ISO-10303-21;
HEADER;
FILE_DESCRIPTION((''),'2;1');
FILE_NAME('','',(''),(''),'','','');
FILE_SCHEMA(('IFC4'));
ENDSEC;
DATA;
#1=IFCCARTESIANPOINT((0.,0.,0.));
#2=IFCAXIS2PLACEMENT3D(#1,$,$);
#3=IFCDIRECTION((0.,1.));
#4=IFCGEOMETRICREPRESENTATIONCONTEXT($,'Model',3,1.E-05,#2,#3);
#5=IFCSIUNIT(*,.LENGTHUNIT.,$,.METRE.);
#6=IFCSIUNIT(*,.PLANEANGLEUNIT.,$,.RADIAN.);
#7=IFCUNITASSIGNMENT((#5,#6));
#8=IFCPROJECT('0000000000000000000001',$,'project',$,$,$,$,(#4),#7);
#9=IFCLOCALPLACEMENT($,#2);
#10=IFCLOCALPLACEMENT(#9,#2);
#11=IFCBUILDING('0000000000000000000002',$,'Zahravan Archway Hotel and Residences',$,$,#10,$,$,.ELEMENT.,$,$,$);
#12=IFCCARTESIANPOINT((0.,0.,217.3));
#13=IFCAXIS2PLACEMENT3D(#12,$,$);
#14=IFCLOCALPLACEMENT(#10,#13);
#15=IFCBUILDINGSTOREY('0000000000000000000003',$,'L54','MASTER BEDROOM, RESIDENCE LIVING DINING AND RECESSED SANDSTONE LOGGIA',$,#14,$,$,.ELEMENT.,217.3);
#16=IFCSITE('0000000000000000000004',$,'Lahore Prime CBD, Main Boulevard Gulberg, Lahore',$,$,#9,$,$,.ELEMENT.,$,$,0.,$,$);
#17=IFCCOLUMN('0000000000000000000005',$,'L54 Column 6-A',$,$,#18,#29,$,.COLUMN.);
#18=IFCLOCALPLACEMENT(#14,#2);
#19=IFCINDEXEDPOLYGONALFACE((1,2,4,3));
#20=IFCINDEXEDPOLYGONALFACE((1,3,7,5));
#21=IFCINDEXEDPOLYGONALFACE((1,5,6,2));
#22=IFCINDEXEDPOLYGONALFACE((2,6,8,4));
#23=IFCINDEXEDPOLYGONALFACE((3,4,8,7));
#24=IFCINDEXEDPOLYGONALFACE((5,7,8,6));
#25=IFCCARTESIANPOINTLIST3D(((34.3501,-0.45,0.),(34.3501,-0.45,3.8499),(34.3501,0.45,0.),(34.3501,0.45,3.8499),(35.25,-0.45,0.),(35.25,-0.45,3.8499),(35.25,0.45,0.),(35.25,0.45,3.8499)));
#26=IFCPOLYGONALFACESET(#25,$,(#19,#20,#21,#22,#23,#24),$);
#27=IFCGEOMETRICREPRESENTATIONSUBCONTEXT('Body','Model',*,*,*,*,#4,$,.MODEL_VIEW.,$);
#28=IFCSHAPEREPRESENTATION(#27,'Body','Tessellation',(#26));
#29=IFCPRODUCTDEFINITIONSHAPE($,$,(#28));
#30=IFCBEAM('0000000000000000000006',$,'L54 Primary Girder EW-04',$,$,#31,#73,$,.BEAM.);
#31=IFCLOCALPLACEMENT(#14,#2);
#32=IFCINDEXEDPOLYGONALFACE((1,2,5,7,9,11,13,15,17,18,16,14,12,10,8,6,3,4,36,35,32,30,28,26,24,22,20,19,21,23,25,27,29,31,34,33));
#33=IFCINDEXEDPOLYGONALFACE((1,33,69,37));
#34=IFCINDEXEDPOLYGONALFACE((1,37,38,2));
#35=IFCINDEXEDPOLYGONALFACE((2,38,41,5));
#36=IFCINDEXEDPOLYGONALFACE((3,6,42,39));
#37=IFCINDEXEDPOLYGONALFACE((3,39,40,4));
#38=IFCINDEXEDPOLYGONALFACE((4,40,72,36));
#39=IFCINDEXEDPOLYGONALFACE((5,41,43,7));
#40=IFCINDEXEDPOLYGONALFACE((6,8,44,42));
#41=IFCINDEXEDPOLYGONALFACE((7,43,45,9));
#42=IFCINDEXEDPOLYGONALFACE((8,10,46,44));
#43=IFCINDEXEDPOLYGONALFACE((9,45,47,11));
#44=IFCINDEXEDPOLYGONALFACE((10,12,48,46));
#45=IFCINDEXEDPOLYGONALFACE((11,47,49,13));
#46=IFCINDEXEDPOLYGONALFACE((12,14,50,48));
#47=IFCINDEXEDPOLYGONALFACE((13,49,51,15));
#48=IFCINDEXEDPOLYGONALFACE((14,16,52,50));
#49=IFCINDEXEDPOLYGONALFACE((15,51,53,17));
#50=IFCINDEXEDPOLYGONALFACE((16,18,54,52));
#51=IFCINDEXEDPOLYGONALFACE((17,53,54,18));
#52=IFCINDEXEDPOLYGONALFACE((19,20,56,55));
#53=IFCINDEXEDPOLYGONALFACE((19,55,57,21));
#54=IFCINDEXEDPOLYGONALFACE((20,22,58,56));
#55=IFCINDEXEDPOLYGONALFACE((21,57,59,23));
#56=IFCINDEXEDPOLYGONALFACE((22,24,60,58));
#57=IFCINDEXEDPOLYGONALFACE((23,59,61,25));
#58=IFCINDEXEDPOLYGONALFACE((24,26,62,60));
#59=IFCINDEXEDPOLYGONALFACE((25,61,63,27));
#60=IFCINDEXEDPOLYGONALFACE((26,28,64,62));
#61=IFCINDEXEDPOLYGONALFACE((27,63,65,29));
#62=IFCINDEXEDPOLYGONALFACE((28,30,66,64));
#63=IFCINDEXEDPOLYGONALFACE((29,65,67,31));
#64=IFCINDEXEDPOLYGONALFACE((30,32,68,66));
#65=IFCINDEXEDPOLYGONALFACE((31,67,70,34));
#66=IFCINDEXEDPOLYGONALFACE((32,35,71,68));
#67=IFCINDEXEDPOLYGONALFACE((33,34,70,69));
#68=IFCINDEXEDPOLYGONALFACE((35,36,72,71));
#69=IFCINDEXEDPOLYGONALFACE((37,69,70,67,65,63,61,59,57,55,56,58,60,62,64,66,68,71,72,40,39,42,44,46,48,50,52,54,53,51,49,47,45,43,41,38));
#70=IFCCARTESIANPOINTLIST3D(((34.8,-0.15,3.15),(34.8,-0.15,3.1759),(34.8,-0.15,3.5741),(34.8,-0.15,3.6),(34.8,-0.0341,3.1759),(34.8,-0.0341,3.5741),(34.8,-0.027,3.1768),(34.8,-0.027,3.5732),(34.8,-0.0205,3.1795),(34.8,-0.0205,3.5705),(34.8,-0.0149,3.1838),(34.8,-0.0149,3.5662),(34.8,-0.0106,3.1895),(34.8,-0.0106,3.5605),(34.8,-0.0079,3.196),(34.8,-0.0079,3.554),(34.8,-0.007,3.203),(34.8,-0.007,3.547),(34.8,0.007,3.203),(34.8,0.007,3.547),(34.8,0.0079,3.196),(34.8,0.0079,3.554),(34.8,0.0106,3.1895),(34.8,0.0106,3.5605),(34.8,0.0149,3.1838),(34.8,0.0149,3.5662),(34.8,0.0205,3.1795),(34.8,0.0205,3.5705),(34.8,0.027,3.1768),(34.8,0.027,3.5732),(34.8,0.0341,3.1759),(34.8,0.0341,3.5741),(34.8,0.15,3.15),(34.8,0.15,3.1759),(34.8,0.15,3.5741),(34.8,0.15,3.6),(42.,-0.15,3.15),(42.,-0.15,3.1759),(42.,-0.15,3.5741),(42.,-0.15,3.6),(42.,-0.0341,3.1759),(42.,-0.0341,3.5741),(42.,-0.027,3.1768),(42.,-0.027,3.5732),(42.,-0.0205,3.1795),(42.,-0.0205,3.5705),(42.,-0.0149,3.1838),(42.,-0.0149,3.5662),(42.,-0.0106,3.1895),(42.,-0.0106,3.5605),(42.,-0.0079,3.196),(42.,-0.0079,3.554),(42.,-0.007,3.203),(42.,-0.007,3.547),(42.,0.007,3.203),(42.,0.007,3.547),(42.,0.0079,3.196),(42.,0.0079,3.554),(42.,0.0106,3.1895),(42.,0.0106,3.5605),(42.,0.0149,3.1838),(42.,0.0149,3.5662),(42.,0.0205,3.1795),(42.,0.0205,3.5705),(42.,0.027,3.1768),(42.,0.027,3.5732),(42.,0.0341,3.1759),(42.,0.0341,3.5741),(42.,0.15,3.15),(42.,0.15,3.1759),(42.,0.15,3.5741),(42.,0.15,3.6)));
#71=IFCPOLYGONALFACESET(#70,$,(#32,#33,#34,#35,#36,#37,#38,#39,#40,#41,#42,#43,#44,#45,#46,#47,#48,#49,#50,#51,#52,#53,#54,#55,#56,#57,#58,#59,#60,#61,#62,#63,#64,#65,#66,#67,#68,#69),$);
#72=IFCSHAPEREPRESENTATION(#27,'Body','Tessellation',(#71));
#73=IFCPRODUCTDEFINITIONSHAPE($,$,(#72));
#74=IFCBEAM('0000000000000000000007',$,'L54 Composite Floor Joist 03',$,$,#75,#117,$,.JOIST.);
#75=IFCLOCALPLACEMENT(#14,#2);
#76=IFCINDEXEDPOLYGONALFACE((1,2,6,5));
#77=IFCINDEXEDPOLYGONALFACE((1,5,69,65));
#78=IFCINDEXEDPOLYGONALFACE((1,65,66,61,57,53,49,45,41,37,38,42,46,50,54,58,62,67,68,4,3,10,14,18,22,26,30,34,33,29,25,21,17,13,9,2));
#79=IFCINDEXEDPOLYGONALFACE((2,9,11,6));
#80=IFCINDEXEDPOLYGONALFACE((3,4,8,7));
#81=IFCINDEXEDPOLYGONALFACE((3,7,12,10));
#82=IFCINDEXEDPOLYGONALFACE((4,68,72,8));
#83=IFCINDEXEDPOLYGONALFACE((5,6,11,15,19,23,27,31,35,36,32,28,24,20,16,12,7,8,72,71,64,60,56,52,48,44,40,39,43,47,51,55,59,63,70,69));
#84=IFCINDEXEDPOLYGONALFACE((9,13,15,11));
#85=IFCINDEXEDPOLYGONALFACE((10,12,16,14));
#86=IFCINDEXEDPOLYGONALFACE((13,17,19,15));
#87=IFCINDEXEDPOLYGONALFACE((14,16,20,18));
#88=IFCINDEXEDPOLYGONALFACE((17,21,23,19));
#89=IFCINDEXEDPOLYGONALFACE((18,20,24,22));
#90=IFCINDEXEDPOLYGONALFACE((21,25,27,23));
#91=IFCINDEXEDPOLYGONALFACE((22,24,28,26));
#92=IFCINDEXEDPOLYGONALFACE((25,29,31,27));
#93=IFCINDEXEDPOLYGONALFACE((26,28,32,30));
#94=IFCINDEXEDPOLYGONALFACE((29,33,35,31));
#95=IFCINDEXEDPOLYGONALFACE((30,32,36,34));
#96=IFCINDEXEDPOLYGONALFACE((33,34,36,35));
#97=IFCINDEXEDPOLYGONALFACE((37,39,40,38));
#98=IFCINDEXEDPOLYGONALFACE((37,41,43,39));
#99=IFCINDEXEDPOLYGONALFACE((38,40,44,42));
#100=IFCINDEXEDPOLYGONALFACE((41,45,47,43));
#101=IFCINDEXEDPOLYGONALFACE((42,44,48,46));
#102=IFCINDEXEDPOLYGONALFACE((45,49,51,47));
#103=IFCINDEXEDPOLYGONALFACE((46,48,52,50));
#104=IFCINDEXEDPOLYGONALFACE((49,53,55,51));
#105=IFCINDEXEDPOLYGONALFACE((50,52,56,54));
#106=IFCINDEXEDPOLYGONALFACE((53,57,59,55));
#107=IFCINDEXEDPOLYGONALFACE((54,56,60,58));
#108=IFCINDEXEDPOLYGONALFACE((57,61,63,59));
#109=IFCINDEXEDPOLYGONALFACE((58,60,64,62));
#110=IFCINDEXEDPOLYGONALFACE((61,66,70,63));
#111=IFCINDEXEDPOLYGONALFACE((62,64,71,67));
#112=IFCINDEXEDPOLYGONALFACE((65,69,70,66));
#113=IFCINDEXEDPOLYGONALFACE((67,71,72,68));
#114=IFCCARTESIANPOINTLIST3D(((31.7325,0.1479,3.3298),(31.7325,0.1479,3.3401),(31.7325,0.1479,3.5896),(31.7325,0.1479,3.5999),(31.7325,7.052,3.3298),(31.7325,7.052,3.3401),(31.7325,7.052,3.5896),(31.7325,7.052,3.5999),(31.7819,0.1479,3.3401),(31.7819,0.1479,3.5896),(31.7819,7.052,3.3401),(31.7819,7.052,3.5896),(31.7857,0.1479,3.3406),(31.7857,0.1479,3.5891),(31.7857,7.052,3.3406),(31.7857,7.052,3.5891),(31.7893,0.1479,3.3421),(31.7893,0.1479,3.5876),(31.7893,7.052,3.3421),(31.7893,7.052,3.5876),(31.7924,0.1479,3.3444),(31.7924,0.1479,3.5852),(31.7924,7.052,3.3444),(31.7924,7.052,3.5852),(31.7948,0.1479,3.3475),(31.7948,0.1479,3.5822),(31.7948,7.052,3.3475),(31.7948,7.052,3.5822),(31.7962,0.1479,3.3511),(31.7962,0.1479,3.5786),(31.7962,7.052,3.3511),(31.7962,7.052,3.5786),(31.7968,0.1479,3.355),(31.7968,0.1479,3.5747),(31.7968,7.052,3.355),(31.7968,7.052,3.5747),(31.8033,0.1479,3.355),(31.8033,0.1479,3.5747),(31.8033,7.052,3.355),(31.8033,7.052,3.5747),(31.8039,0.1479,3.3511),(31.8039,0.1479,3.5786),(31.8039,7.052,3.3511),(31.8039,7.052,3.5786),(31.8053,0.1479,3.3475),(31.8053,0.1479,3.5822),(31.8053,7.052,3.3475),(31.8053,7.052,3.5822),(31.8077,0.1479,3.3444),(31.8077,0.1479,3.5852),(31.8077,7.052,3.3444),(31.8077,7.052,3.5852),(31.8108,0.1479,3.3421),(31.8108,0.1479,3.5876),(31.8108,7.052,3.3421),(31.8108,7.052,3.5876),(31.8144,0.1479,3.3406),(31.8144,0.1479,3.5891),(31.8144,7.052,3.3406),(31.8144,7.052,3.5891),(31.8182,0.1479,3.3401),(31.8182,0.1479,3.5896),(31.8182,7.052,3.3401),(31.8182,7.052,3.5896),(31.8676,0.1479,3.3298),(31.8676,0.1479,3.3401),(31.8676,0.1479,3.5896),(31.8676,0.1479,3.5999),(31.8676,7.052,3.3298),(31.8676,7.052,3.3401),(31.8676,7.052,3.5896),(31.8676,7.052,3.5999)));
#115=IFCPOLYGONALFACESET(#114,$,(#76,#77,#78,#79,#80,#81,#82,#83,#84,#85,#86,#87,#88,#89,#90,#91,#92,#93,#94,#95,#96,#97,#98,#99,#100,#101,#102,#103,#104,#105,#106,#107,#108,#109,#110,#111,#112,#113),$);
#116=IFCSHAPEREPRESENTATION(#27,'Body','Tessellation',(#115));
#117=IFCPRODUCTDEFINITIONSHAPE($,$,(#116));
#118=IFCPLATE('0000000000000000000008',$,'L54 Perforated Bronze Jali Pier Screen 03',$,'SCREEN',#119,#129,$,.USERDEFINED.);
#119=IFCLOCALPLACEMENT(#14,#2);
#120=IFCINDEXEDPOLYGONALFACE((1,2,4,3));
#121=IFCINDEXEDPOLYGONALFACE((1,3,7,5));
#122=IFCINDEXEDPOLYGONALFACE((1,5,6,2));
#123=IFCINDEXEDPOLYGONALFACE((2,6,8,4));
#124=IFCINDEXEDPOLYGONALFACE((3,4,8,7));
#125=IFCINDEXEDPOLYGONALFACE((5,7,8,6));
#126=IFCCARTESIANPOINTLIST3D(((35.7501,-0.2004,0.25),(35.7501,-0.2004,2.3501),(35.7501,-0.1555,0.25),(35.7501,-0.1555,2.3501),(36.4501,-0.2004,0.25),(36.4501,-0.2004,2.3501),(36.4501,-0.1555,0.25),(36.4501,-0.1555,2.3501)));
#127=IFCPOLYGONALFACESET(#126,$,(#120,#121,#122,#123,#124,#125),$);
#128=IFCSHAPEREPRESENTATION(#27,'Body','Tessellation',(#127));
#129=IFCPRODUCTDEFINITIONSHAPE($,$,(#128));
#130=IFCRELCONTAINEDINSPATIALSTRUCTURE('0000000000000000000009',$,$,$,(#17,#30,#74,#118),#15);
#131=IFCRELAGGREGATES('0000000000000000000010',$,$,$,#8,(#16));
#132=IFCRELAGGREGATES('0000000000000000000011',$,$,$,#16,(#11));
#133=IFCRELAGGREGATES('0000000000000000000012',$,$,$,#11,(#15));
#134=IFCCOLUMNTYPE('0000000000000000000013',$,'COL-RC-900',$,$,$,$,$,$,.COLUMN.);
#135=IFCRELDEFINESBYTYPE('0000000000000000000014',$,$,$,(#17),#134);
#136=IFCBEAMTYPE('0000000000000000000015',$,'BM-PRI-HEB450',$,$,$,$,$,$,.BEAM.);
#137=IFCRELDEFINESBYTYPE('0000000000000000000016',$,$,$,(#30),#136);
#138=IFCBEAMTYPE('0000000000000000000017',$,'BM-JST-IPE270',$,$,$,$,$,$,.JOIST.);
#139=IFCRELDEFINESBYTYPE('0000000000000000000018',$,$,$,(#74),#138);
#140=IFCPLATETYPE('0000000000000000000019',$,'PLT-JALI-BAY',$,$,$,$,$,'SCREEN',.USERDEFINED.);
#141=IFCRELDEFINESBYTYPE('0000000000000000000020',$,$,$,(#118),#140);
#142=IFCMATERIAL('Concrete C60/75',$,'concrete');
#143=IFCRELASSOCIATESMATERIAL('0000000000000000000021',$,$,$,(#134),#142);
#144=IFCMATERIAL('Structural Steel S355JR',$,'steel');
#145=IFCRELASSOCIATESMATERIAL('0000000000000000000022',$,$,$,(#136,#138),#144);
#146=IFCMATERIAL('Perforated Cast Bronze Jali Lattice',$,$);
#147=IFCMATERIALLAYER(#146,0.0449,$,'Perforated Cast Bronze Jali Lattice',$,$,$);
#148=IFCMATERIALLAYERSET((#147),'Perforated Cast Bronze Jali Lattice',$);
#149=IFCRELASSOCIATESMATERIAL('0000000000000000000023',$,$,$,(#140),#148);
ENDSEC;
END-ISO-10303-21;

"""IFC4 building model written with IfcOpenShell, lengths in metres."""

from ifc_helpers import new_model, si_unit, direction, frame, origin, origin_2d, place, context, subcontext, project, spatial, rectangle, i_section, extrude, source, transform, mapped, material, layer, layer_set, material_profile, profile_set, type_object, type_shapes, element, save


model = new_model("IFC4")

# Units and contexts
model_context = context("Model", 3, precision=1e-05, world=origin(), true_north=direction((0.0, 1.0)))
body_context = subcontext(model_context, "Body", "Model", "MODEL_VIEW")
ifc_project = project(units=[si_unit("LENGTHUNIT", "METRE"), si_unit("PLANEANGLEUNIT", "RADIAN")], contexts=[model_context])

# Site, building, storey
site_placement = place(None, origin())
site = spatial("IfcSite", under=ifc_project, at=site_placement, Name="Lahore Prime CBD, Main Boulevard Gulberg, Lahore", CompositionType="ELEMENT", RefElevation=0.0)
building_placement = place(site_placement, origin())
building = spatial("IfcBuilding", under=site, at=building_placement, Name="Zahravan Archway Hotel and Residences", CompositionType="ELEMENT")
storey_placement = place(building_placement, frame((0.0, 0.0, 217.3)))
storey = spatial("IfcBuildingStorey", under=building, at=storey_placement, Name="L54", Description="MASTER BEDROOM, RESIDENCE LIVING DINING AND RECESSED SANDSTONE LOGGIA", CompositionType="ELEMENT", Elevation=217.3)

# Column
ifc_material_1 = material(Name="Concrete C60/75", Category="concrete")
ifc_material_profile_1 = material_profile(ifc_material_1, rectangle(XDim=0.8999, YDim=0.8999, at=origin_2d()), Name="RC-COL-900x900", Category="concrete")
ifc_profile_set_1 = profile_set([ifc_material_profile_1], Name="Concrete C60/75")
column_type = type_object("IfcColumnType", Name="COL-RC-900", PredefinedType="COLUMN", material=ifc_profile_set_1)
shared_shape_1 = source(origin(), body_context, "Body", "SweptSolid", [
    extrude(rectangle(XDim=0.8999, YDim=0.8999, at=origin_2d()), origin(), (0.0, 0.0, 1.0), 3.8499),
])
column_placement = place(storey_placement, frame((34.8, 0.0, 0.0), z_axis=(0.0, 0.0, 1.0), x_axis=(1.0, 0.0, 0.0)))
element("IfcColumn", 1, at=column_placement, inside=storey, type_object=column_type, Name="L54 Column 6-A", PredefinedType="COLUMN", context=body_context, shape_type="MappedRepresentation", body=[
    mapped(shared_shape_1, transform((0.0, 0.0, 0.0), scale=1.0)),
])

# Beams
ifc_material_2 = material(Name="Structural Steel S355JR", Category="steel")
ifc_material_profile_2 = material_profile(ifc_material_2, i_section(OverallWidth=0.3, OverallDepth=0.45, WebThickness=0.0139, FlangeThickness=0.0259, FilletRadius=0.0271, at=origin_2d()), Name="HEB 450", Category="steel")
ifc_profile_set_2 = profile_set([ifc_material_profile_2], Name="Structural Steel S355JR")
beam_type_1 = type_object("IfcBeamType", Name="BM-PRI-HEB450", PredefinedType="BEAM", material=ifc_profile_set_2)
shared_shape_2 = source(origin(), body_context, "Body", "SweptSolid", [
    extrude(i_section(OverallWidth=0.3, OverallDepth=0.45, WebThickness=0.0139, FlangeThickness=0.0259, FilletRadius=0.0271, at=origin_2d()), origin(), (0.0, 0.0, 1.0), 7.2),
])
beam_1_placement = place(storey_placement, frame((34.8, 0.0, 3.375), z_axis=(1.0, 0.0, 0.0), x_axis=(0.0, 1.0, 0.0)))
element("IfcBeam", 2, at=beam_1_placement, inside=storey, type_object=beam_type_1, Name="L54 Primary Girder EW-04", PredefinedType="BEAM", context=body_context, shape_type="MappedRepresentation", body=[
    mapped(shared_shape_2, transform((0.0, 0.0, 0.0), scale=1.0)),
])
ifc_material_profile_3 = material_profile(ifc_material_2, i_section(OverallWidth=0.135, OverallDepth=0.27, WebThickness=0.0066, FlangeThickness=0.0103, FilletRadius=0.0149, at=origin_2d()), Name="IPE 270", Category="steel")
ifc_profile_set_3 = profile_set([ifc_material_profile_3], Name="Structural Steel S355JR")
beam_type_2 = type_object("IfcBeamType", Name="BM-JST-IPE270", PredefinedType="JOIST", material=ifc_profile_set_3)
shared_shape_3 = source(origin(), body_context, "Body", "SweptSolid", [
    extrude(i_section(OverallWidth=0.135, OverallDepth=0.27, WebThickness=0.0066, FlangeThickness=0.0103, FilletRadius=0.0149, at=origin_2d()), origin(), (0.0, 0.0, 1.0), 6.9041),
])
type_shapes(beam_type_2, [shared_shape_3])
beam_2_placement = place(storey_placement, frame((31.8, 0.1479, 3.4648), z_axis=(0.0, 1.0, 0.0), x_axis=(-1.0, 0.0, 0.0)))
element("IfcBeam", 3, at=beam_2_placement, inside=storey, type_object=beam_type_2, Name="L54 Composite Floor Joist 03", PredefinedType="JOIST", context=body_context, shape_type="MappedRepresentation", body=[
    mapped(shared_shape_3, transform((0.0, 0.0, 0.0), scale=1.0)),
])

# Plate
ifc_material_3 = material(Name="Perforated Cast Bronze Jali Lattice")
ifc_layer_1 = layer(ifc_material_3, 0.0449, Name="Perforated Cast Bronze Jali Lattice")
ifc_layer_set_1 = layer_set([ifc_layer_1], Name="Perforated Cast Bronze Jali Lattice")
plate_type = type_object("IfcPlateType", Name="PLT-JALI-BAY", ElementType="SCREEN", PredefinedType="USERDEFINED", material=ifc_layer_set_1)
shared_shape_4 = source(origin(), body_context, "Body", "SweptSolid", [
    extrude(rectangle(XDim=0.7, YDim=0.0449, at=origin_2d()), origin(), (0.0, 0.0, 1.0), 2.1001),
])
type_shapes(plate_type, [shared_shape_4])
plate_placement = place(storey_placement, frame((36.1001, -0.178, 0.25), z_axis=(0.0, 0.0, 1.0), x_axis=(1.0, 0.0, 0.0)))
element("IfcPlate", 4, at=plate_placement, inside=storey, type_object=plate_type, Name="L54 Perforated Bronze Jali Pier Screen 03", ObjectType="SCREEN", PredefinedType="USERDEFINED", context=body_context, shape_type="MappedRepresentation", body=[
    mapped(shared_shape_4, transform((0.0, 0.0, 0.0), scale=1.0)),
])

save(model, "model.ifc")
